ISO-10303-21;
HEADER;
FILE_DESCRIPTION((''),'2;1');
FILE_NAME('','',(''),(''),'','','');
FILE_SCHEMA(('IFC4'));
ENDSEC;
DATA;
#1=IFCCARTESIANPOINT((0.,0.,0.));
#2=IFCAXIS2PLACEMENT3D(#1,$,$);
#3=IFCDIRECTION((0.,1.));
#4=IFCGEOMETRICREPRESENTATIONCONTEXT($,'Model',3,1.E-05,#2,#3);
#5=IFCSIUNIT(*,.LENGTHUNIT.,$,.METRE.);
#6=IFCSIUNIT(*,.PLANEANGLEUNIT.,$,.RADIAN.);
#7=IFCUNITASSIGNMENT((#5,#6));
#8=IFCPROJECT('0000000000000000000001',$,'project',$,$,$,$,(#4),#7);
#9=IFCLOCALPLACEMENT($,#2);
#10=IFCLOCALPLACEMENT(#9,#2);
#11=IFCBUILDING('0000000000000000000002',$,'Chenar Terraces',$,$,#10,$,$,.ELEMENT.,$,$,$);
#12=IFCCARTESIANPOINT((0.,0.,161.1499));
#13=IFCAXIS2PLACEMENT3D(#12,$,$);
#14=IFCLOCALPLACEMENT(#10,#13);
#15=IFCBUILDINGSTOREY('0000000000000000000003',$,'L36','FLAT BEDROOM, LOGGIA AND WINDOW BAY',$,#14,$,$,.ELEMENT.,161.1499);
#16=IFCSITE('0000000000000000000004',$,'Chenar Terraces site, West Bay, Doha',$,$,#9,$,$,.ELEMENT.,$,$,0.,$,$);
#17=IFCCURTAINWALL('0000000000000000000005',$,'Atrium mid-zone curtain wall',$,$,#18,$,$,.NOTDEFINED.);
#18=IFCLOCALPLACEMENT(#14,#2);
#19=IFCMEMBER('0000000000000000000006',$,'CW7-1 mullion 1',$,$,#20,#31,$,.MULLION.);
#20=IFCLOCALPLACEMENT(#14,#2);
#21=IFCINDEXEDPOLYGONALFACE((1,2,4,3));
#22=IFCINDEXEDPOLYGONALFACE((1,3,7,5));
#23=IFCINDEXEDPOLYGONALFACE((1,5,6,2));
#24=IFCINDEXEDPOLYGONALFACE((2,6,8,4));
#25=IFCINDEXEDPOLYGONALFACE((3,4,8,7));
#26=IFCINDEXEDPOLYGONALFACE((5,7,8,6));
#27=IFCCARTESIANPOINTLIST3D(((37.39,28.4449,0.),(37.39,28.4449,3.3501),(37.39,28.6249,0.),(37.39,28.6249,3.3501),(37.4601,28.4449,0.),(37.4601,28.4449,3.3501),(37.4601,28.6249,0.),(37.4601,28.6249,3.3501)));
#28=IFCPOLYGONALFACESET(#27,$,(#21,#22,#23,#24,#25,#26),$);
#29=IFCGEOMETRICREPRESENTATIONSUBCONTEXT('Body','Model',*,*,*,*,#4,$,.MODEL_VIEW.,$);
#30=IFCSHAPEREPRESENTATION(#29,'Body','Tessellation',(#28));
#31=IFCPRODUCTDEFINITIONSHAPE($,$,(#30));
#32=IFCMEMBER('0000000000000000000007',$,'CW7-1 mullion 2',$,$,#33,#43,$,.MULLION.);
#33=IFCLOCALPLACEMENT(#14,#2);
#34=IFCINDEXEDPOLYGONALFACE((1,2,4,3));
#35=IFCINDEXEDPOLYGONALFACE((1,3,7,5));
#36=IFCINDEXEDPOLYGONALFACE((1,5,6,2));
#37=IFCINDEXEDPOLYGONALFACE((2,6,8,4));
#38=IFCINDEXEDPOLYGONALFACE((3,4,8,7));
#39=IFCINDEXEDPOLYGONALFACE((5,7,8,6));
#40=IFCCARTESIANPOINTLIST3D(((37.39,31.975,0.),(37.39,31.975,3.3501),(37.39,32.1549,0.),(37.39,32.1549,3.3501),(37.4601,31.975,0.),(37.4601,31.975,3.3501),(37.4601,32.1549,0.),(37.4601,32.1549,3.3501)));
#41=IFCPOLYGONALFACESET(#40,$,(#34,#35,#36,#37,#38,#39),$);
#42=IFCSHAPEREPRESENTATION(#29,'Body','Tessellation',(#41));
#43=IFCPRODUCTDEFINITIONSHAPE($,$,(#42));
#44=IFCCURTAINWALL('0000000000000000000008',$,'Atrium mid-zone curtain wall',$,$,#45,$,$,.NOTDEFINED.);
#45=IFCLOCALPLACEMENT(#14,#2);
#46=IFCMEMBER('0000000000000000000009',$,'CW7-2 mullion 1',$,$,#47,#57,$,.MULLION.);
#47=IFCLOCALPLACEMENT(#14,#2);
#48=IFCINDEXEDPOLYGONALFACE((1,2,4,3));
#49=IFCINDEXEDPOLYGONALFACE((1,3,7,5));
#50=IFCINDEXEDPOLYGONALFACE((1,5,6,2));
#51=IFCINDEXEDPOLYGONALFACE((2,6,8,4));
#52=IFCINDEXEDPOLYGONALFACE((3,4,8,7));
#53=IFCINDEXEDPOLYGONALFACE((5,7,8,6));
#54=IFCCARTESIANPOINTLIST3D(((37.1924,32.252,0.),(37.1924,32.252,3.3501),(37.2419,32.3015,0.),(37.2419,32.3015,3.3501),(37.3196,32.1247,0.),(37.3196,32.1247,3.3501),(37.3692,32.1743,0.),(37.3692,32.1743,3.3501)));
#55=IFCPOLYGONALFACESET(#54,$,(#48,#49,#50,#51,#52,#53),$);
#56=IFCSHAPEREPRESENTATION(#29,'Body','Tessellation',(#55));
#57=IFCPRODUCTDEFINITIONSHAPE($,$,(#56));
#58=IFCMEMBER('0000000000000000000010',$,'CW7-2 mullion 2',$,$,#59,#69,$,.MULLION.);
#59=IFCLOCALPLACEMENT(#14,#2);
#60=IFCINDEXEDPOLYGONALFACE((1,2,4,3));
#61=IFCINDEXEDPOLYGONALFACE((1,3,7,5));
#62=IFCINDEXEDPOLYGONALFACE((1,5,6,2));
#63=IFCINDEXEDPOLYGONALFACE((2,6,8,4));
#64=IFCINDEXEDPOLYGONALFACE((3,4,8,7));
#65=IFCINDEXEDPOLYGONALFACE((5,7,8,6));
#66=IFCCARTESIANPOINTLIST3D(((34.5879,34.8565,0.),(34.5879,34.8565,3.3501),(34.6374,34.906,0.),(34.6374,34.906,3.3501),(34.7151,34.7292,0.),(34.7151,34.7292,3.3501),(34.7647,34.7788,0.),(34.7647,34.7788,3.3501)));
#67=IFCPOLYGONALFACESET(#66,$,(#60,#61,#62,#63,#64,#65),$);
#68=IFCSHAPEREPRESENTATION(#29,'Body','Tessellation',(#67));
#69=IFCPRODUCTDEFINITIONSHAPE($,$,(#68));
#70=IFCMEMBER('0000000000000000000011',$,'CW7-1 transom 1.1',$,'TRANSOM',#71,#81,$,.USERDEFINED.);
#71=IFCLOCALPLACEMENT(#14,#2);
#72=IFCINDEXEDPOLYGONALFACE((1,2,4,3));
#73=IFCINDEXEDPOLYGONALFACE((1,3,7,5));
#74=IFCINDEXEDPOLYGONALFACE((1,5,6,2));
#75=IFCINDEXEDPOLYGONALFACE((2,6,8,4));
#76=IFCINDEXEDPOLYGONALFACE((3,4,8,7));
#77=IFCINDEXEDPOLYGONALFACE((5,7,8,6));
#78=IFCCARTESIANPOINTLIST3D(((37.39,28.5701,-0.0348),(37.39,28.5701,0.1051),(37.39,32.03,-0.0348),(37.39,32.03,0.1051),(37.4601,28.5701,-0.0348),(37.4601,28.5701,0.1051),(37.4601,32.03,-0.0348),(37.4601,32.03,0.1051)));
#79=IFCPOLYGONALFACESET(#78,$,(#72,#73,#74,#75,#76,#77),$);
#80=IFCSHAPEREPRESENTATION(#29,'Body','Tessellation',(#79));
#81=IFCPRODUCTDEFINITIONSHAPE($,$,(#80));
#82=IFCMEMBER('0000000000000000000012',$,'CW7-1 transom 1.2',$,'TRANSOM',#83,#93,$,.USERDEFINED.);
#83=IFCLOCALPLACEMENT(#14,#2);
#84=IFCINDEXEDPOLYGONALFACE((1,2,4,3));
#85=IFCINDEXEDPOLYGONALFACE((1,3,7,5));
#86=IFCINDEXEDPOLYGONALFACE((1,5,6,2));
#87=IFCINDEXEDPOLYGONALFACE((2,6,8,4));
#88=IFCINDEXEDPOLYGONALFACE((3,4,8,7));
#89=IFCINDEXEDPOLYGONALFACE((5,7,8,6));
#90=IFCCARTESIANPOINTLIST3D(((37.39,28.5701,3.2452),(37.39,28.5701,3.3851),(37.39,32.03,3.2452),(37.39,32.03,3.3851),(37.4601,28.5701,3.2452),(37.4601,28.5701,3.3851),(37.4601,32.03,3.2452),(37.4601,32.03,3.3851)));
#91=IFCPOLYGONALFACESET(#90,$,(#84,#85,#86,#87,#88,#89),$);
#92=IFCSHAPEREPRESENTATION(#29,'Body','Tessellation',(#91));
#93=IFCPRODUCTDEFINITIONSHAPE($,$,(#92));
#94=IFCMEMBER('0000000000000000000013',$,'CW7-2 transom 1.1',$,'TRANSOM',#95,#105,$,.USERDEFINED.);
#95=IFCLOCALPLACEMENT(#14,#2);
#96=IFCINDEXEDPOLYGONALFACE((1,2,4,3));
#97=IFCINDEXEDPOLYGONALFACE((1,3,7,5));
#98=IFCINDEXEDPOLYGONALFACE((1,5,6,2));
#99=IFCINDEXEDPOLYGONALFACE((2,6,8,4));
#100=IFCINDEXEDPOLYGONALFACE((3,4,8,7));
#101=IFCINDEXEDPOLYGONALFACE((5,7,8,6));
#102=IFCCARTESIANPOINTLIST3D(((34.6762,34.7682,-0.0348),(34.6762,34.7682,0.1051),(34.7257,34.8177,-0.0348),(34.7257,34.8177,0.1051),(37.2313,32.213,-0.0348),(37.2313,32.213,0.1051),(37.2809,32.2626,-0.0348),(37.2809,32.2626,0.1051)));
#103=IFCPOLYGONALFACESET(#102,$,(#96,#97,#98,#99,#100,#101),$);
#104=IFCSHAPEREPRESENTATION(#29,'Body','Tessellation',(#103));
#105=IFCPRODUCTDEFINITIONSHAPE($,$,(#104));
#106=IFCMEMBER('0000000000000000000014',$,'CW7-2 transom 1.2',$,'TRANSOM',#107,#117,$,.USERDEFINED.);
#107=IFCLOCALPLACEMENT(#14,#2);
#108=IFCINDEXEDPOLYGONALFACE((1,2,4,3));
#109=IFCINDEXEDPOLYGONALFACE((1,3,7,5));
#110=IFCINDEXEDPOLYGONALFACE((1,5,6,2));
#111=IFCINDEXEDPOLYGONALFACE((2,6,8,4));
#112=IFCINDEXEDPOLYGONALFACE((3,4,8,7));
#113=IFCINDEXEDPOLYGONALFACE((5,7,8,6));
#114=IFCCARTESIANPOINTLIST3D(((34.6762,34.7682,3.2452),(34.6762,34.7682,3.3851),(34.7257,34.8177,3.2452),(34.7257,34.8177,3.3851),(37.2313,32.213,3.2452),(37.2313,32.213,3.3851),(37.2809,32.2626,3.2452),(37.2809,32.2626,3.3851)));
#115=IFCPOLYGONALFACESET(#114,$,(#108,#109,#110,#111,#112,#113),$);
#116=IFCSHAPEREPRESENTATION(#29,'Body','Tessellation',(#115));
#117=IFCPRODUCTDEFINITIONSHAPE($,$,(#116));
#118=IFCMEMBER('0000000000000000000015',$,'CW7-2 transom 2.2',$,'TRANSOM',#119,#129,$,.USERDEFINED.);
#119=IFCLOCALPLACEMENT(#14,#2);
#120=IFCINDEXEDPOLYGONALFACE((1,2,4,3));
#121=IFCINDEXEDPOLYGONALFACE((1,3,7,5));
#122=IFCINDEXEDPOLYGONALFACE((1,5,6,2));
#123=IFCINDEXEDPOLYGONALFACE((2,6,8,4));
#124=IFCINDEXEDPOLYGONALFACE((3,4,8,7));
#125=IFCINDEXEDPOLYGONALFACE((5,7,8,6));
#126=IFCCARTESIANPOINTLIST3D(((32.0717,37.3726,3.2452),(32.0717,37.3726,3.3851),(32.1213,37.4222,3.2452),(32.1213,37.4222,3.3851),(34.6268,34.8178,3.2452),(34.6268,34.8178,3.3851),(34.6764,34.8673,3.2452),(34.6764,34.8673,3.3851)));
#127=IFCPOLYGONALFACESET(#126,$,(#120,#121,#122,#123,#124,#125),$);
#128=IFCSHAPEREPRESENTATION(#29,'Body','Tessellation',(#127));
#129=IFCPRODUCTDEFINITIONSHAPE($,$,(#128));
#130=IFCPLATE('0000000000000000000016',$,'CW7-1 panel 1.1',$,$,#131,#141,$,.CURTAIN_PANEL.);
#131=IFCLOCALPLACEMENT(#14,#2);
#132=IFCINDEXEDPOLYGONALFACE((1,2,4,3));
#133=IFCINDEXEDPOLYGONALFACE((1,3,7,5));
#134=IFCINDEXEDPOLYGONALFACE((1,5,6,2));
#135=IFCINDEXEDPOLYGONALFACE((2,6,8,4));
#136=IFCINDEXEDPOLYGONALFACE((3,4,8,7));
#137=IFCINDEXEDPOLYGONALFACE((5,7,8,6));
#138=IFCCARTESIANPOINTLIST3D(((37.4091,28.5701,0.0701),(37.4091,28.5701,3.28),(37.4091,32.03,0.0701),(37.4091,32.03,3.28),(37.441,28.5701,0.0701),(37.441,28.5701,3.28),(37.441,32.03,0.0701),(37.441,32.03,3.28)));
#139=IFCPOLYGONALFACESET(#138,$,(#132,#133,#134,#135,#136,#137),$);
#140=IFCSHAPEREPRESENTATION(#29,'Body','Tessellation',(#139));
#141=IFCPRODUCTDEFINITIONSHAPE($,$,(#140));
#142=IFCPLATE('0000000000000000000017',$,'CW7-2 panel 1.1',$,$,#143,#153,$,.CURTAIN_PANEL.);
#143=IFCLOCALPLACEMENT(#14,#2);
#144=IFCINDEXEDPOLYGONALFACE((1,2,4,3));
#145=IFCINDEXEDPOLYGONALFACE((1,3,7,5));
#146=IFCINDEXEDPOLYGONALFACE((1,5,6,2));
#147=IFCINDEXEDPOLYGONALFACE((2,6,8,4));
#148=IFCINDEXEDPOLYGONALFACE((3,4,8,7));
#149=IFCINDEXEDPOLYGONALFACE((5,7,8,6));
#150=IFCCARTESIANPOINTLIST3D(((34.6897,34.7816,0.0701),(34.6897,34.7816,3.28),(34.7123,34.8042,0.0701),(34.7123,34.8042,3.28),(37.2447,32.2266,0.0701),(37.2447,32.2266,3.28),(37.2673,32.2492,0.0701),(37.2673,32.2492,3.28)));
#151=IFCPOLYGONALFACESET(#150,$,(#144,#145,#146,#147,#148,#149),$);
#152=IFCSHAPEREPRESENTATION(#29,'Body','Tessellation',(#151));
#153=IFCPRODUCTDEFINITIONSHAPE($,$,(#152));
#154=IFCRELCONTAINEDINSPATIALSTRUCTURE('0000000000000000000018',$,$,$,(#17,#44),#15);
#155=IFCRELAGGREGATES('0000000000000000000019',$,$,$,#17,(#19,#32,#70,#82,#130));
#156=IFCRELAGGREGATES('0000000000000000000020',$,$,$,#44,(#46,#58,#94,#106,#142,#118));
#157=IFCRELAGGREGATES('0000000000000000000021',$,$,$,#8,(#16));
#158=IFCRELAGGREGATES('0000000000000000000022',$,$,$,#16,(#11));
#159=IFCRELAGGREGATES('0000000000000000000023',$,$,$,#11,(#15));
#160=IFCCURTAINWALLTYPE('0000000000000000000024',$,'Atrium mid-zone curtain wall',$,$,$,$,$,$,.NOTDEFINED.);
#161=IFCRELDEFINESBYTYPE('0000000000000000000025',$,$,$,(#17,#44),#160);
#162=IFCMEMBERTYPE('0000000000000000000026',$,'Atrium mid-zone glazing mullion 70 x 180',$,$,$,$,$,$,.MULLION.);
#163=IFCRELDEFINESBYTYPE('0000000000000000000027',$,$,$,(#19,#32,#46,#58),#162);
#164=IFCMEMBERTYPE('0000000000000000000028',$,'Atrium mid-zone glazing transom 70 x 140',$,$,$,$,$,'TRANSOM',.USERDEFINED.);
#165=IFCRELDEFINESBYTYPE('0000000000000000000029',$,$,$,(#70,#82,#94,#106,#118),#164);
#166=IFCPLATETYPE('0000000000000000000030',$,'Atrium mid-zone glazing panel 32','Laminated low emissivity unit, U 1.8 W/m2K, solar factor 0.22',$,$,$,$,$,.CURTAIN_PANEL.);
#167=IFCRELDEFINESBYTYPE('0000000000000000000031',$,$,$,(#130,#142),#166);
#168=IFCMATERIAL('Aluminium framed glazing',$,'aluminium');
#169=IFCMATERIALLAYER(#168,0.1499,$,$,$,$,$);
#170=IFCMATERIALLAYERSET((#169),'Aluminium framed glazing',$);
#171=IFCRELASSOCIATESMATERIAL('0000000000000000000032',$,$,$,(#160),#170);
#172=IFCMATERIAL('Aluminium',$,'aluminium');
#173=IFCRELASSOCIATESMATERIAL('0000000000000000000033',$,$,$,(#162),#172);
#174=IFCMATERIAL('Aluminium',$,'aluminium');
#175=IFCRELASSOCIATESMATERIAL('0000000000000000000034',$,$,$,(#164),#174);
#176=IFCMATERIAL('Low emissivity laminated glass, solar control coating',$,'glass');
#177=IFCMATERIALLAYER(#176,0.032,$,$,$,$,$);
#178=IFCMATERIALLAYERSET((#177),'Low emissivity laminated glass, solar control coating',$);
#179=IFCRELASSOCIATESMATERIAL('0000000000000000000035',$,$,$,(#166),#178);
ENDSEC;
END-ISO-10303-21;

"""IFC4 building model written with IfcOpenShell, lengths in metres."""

from ifc_helpers import new_model, si_unit, direction, frame, origin, origin_2d, place, context, subcontext, project, spatial, rectangle, extrude, material, layer, layer_set, material_profile, profile_set, type_object, element, aggregate, save


model = new_model("IFC4")

# Units and contexts
model_context = context("Model", 3, precision=1e-05, world=origin(), true_north=direction((0.0, 1.0)))
body_context = subcontext(model_context, "Body", "Model", "MODEL_VIEW")
ifc_project = project(units=[si_unit("LENGTHUNIT", "METRE"), si_unit("PLANEANGLEUNIT", "RADIAN")], contexts=[model_context])

# Site, building, storey
site_placement = place(None, origin())
site = spatial("IfcSite", under=ifc_project, at=site_placement, Name="Chenar Terraces site, West Bay, Doha", CompositionType="ELEMENT", RefElevation=0.0)
building_placement = place(site_placement, origin())
building = spatial("IfcBuilding", under=site, at=building_placement, Name="Chenar Terraces", CompositionType="ELEMENT")
storey_placement = place(building_placement, frame((0.0, 0.0, 161.1499)))
storey = spatial("IfcBuildingStorey", under=building, at=storey_placement, Name="L36", Description="FLAT BEDROOM, LOGGIA AND WINDOW BAY", CompositionType="ELEMENT", Elevation=161.1499)

# Curtain walls, members
ifc_material_1 = material(Name="Aluminium framed glazing", Category="aluminium")
ifc_layer_1 = layer(ifc_material_1, 0.1499)
ifc_layer_set_1 = layer_set([ifc_layer_1], Name="Aluminium framed glazing")
curtain_wall_type = type_object("IfcCurtainWallType", Name="Atrium mid-zone curtain wall", PredefinedType="NOTDEFINED", material=ifc_layer_set_1)
placement = place(storey_placement, origin())
curtain_wall_1 = element("IfcCurtainWall", 1, at=placement, inside=storey, type_object=curtain_wall_type, Name="Atrium mid-zone curtain wall", PredefinedType="NOTDEFINED")
ifc_material_2 = material(Name="Aluminium", Category="aluminium")
ifc_material_profile_1 = material_profile(ifc_material_2, rectangle(XDim=0.0701, YDim=0.1799, at=origin_2d()), Name="Atrium mid-zone glazing mullion 70 x 180")
ifc_profile_set_1 = profile_set([ifc_material_profile_1], Name="Aluminium")
member_type_1 = type_object("IfcMemberType", Name="Atrium mid-zone glazing mullion 70 x 180", PredefinedType="MULLION", material=ifc_profile_set_1)
member_1_placement = place(storey_placement, frame((37.425, 28.5349, 0.0), z_axis=(0.0, 0.0, 1.0), x_axis=(-1.0, 0.0, 0.0)))
member_1 = element("IfcMember", 2, at=member_1_placement, type_object=member_type_1, Name="CW7-1 mullion 1", PredefinedType="MULLION", context=body_context, shape_type="SweptSolid", body=[
    extrude(rectangle(XDim=0.0701, YDim=0.1799, at=origin_2d()), origin(), (0.0, 0.0, 1.0), 3.3501),
])
member_2_placement = place(storey_placement, frame((37.425, 32.0649, 0.0), z_axis=(0.0, 0.0, 1.0), x_axis=(-1.0, 0.0, 0.0)))
member_2 = element("IfcMember", 3, at=member_2_placement, type_object=member_type_1, Name="CW7-1 mullion 2", PredefinedType="MULLION", context=body_context, shape_type="SweptSolid", body=[
    extrude(rectangle(XDim=0.0701, YDim=0.1799, at=origin_2d()), origin(), (0.0, 0.0, 1.0), 3.3501),
])
curtain_wall_2 = element("IfcCurtainWall", 4, at=placement, inside=storey, type_object=curtain_wall_type, Name="Atrium mid-zone curtain wall", PredefinedType="NOTDEFINED")
member_3_placement = place(storey_placement, frame((37.2808, 32.2131, 0.0), z_axis=(0.0, 0.0, 1.0), x_axis=(-0.707107, -0.707107, 0.0)))
member_3 = element("IfcMember", 5, at=member_3_placement, type_object=member_type_1, Name="CW7-2 mullion 1", PredefinedType="MULLION", context=body_context, shape_type="SweptSolid", body=[
    extrude(rectangle(XDim=0.0701, YDim=0.1799, at=origin_2d()), origin(), (0.0, 0.0, 1.0), 3.3501),
])
member_4_placement = place(storey_placement, frame((34.6763, 34.8176, 0.0), z_axis=(0.0, 0.0, 1.0), x_axis=(-0.707107, -0.707107, 0.0)))
member_4 = element("IfcMember", 6, at=member_4_placement, type_object=member_type_1, Name="CW7-2 mullion 2", PredefinedType="MULLION", context=body_context, shape_type="SweptSolid", body=[
    extrude(rectangle(XDim=0.0701, YDim=0.1799, at=origin_2d()), origin(), (0.0, 0.0, 1.0), 3.3501),
])

# Members
ifc_material_3 = material(Name="Aluminium", Category="aluminium")
ifc_material_profile_2 = material_profile(ifc_material_3, rectangle(XDim=0.0701, YDim=0.1399, at=origin_2d()), Name="Atrium mid-zone glazing transom 70 x 140")
ifc_profile_set_2 = profile_set([ifc_material_profile_2], Name="Aluminium")
member_type_2 = type_object("IfcMemberType", Name="Atrium mid-zone glazing transom 70 x 140", ElementType="TRANSOM", PredefinedType="USERDEFINED", material=ifc_profile_set_2)
member_5_placement = place(storey_placement, frame((37.425, 28.5701, 0.0352), z_axis=(0.0, 1.0, 0.0), x_axis=(-1.0, 0.0, 0.0)))
member_5 = element("IfcMember", 7, at=member_5_placement, type_object=member_type_2, Name="CW7-1 transom 1.1", ObjectType="TRANSOM", PredefinedType="USERDEFINED", context=body_context, shape_type="SweptSolid", body=[
    extrude(rectangle(XDim=0.0701, YDim=0.1399, at=origin_2d()), origin(), (0.0, 0.0, 1.0), 3.46),
])
member_6_placement = place(storey_placement, frame((37.425, 28.5701, 3.3152), z_axis=(0.0, 1.0, 0.0), x_axis=(-1.0, 0.0, 0.0)))
member_6 = element("IfcMember", 8, at=member_6_placement, type_object=member_type_2, Name="CW7-1 transom 1.2", ObjectType="TRANSOM", PredefinedType="USERDEFINED", context=body_context, shape_type="SweptSolid", body=[
    extrude(rectangle(XDim=0.0701, YDim=0.1399, at=origin_2d()), origin(), (0.0, 0.0, 1.0), 3.46),
])
member_7_placement = place(storey_placement, frame((37.2561, 32.2378, 0.0352), z_axis=(-0.707107, 0.707107, 0.0), x_axis=(-0.707107, -0.707107, 0.0)))
member_7 = element("IfcMember", 9, at=member_7_placement, type_object=member_type_2, Name="CW7-2 transom 1.1", ObjectType="TRANSOM", PredefinedType="USERDEFINED", context=body_context, shape_type="SweptSolid", body=[
    extrude(rectangle(XDim=0.0701, YDim=0.1399, at=origin_2d()), origin(), (0.0, 0.0, 1.0), 3.6135),
])
member_8_placement = place(storey_placement, frame((37.2561, 32.2378, 3.3152), z_axis=(-0.707107, 0.707107, 0.0), x_axis=(-0.707107, -0.707107, 0.0)))
member_8 = element("IfcMember", 10, at=member_8_placement, type_object=member_type_2, Name="CW7-2 transom 1.2", ObjectType="TRANSOM", PredefinedType="USERDEFINED", context=body_context, shape_type="SweptSolid", body=[
    extrude(rectangle(XDim=0.0701, YDim=0.1399, at=origin_2d()), origin(), (0.0, 0.0, 1.0), 3.6135),
])
member_9_placement = place(storey_placement, frame((34.6516, 34.8425, 3.3152), z_axis=(-0.707141, 0.707073, 0.0), x_axis=(-0.707073, -0.707141, 0.0)))
member_9 = element("IfcMember", 11, at=member_9_placement, type_object=member_type_2, Name="CW7-2 transom 2.2", ObjectType="TRANSOM", PredefinedType="USERDEFINED", context=body_context, shape_type="SweptSolid", body=[
    extrude(rectangle(XDim=0.0701, YDim=0.1399, at=origin_2d()), origin(), (0.0, 0.0, 1.0), 3.6133),
])

# Plates
ifc_material_4 = material(Name="Low emissivity laminated glass, solar control coating", Category="glass")
ifc_layer_2 = layer(ifc_material_4, 0.032)
ifc_layer_set_2 = layer_set([ifc_layer_2], Name="Low emissivity laminated glass, solar control coating")
plate_type = type_object("IfcPlateType", Name="Atrium mid-zone glazing panel 32", Description="Laminated low emissivity unit, U 1.8 W/m2K, solar factor 0.22", PredefinedType="CURTAIN_PANEL", material=ifc_layer_set_2)
plate_1_placement = place(storey_placement, frame((37.425, 30.3, 0.0701), z_axis=(0.0, 0.0, 1.0), x_axis=(0.0, 1.0, 0.0)))
plate_1 = element("IfcPlate", 12, at=plate_1_placement, type_object=plate_type, Name="CW7-1 panel 1.1", PredefinedType="CURTAIN_PANEL", context=body_context, shape_type="SweptSolid", body=[
    extrude(rectangle(XDim=3.46, YDim=0.032, at=origin_2d()), origin(), (0.0, 0.0, 1.0), 3.21),
])
aggregate(curtain_wall_1, [member_1, member_2, member_5, member_6, plate_1])
plate_2_placement = place(storey_placement, frame((35.9785, 33.5154, 0.0701), z_axis=(0.0, 0.0, 1.0), x_axis=(-0.707107, 0.707107, 0.0)))
plate_2 = element("IfcPlate", 13, at=plate_2_placement, type_object=plate_type, Name="CW7-2 panel 1.1", PredefinedType="CURTAIN_PANEL", context=body_context, shape_type="SweptSolid", body=[
    extrude(rectangle(XDim=3.6133, YDim=0.032, at=origin_2d()), origin(), (0.0, 0.0, 1.0), 3.21),
])
aggregate(curtain_wall_2, [member_3, member_4, member_7, member_8, plate_2, member_9])

save(model, "model.ifc")
